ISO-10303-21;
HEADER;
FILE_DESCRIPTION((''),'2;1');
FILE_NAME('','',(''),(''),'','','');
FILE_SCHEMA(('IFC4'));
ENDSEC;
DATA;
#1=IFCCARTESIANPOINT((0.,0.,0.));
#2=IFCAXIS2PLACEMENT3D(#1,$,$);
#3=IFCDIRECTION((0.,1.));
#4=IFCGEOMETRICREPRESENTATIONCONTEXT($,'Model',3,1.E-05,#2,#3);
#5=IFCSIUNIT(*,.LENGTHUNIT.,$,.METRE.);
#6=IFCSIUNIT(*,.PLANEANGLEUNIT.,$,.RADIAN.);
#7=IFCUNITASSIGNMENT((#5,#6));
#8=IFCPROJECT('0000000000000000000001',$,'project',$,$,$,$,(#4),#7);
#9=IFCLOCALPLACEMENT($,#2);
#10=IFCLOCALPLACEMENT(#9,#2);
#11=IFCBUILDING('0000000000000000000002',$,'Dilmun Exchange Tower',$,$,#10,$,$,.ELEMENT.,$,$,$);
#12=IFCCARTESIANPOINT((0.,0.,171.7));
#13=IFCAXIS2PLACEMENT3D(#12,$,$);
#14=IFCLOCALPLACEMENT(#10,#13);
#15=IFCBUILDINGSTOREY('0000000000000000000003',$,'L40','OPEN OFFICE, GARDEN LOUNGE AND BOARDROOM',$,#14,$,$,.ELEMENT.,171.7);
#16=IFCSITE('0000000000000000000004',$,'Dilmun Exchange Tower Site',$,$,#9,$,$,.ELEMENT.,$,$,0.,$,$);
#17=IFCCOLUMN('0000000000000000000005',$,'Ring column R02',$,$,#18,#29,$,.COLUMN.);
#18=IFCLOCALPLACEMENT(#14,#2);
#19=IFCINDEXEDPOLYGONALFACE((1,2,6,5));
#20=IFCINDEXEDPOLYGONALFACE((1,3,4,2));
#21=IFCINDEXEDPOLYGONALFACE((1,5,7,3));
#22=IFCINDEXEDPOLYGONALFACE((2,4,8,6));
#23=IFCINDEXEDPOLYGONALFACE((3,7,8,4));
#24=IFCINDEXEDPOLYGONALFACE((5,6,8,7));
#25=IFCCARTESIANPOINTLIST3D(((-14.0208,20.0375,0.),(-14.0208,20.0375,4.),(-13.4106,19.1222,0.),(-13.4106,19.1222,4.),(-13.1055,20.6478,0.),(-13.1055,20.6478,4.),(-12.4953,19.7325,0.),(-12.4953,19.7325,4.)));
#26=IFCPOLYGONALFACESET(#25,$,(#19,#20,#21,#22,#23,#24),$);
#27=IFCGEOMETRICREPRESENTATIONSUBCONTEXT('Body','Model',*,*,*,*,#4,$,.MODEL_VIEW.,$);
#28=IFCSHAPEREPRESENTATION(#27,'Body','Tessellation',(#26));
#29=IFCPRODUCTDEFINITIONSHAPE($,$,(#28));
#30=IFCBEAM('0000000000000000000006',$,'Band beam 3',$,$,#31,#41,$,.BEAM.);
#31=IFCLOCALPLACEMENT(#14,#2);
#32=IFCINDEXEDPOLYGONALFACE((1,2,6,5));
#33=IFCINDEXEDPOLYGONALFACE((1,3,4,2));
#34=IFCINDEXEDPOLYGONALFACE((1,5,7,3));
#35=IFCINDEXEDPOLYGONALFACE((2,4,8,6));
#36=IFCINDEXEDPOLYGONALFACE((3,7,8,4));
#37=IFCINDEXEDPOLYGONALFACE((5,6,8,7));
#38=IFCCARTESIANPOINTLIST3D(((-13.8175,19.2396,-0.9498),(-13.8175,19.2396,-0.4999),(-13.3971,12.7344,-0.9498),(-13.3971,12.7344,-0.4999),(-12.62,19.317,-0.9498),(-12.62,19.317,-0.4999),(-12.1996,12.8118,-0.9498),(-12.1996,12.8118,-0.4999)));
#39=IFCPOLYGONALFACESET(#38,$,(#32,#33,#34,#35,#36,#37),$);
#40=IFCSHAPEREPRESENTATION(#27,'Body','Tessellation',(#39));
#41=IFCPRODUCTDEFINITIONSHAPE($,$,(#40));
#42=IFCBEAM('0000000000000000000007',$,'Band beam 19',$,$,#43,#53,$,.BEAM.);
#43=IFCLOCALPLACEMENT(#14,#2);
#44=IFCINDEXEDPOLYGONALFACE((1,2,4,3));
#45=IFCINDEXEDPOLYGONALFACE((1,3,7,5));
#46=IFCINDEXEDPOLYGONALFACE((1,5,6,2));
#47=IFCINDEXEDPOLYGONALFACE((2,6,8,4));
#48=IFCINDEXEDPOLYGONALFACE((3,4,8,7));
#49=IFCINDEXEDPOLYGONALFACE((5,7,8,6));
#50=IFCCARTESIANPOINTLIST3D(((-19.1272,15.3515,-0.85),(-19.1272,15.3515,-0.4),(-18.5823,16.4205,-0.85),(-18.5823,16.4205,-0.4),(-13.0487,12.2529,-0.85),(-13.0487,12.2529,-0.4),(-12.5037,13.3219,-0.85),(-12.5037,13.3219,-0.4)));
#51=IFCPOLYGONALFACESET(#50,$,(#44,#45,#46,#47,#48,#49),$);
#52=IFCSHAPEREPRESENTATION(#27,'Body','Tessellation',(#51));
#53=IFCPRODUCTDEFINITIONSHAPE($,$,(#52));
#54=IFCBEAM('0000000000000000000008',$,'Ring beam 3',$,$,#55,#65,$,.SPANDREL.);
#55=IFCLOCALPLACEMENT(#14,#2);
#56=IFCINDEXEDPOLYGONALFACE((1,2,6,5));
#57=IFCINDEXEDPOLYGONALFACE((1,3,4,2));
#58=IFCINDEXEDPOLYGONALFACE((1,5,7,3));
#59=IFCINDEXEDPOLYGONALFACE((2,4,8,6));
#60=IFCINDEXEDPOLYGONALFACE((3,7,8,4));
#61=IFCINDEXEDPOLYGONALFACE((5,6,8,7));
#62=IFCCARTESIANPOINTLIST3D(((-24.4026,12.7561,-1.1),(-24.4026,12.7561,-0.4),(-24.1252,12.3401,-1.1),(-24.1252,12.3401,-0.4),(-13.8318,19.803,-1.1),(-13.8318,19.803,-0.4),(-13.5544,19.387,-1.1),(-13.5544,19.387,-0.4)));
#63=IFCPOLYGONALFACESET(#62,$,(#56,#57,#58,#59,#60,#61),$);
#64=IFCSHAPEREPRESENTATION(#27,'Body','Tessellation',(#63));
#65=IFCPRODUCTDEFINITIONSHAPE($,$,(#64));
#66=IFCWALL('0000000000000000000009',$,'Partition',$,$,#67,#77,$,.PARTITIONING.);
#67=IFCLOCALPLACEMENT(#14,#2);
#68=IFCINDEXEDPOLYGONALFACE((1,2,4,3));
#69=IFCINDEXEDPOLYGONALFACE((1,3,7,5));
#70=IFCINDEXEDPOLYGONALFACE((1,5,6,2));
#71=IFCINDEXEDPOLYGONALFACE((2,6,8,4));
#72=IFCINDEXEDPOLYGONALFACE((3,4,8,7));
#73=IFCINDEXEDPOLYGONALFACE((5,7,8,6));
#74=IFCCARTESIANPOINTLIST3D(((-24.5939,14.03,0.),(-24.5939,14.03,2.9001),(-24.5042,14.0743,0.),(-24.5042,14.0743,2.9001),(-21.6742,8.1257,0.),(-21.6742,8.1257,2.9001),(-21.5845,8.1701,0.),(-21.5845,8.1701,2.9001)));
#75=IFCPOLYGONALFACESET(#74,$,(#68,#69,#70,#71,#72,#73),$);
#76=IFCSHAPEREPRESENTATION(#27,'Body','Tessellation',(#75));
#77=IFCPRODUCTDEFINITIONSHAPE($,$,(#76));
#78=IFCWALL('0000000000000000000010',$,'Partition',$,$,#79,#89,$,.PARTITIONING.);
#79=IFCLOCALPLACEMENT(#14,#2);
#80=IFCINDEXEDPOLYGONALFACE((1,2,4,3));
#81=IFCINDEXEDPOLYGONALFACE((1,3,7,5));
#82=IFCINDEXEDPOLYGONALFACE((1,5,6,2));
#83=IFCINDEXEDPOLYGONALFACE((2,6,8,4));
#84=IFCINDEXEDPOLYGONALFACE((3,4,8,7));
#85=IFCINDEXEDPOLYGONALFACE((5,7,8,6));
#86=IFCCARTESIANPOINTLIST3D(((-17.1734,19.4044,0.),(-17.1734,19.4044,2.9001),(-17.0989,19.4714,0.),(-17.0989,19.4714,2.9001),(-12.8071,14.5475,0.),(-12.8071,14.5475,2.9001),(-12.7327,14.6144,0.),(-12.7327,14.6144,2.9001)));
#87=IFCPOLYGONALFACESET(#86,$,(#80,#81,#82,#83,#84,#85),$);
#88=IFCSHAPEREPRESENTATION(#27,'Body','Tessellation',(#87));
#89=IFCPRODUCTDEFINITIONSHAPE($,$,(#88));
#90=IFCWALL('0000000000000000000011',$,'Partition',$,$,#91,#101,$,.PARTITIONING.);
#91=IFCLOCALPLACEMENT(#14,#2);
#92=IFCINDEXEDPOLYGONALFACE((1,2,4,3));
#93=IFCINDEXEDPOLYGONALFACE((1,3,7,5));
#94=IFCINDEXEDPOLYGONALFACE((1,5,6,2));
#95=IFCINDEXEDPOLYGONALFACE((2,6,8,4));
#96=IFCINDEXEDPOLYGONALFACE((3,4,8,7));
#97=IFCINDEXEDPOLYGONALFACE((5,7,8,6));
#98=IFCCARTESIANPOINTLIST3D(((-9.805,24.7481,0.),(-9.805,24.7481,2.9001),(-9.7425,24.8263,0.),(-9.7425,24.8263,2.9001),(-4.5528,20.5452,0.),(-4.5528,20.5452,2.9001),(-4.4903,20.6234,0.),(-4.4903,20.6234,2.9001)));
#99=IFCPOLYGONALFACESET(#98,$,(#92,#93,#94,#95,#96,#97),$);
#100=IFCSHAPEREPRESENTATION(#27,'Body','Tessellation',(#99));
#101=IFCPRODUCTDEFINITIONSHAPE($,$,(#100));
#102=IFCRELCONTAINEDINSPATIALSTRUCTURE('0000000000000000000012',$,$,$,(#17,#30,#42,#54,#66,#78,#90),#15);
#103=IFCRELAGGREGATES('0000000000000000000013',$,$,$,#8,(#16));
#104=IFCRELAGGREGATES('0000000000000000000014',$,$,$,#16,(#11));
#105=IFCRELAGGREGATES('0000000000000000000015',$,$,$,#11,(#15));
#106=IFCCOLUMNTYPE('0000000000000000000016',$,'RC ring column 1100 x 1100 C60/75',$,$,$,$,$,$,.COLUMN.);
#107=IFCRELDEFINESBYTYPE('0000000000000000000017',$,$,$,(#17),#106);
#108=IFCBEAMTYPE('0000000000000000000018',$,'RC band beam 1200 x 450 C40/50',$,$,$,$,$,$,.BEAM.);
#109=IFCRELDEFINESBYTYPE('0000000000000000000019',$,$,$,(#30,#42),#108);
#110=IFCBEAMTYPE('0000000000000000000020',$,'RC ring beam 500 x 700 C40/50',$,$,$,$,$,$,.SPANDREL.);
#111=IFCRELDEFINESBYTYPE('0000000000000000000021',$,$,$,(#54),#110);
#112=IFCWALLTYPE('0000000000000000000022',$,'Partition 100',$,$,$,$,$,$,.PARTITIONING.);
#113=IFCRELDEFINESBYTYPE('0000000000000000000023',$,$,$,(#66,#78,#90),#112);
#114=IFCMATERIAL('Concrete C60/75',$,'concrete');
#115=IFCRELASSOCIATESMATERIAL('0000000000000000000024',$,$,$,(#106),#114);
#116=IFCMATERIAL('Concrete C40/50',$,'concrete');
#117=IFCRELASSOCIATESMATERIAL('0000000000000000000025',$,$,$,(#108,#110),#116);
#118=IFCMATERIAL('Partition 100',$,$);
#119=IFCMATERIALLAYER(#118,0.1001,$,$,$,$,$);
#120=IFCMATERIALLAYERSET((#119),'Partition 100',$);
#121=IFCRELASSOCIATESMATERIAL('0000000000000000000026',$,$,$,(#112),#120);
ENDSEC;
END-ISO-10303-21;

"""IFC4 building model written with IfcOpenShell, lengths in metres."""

from ifc_helpers import new_model, si_unit, direction, frame, frame_2d, origin, origin_2d, place, context, subcontext, project, spatial, rectangle, extrude, material, layer, layer_set, material_profile, profile_set, type_object, element, save


model = new_model("IFC4")

# Units and contexts
model_context = context("Model", 3, precision=1e-05, world=origin(), true_north=direction((0.0, 1.0)))
body_context = subcontext(model_context, "Body", "Model", "MODEL_VIEW")
ifc_project = project(units=[si_unit("LENGTHUNIT", "METRE"), si_unit("PLANEANGLEUNIT", "RADIAN")], contexts=[model_context])

# Site, building, storey
site_placement = place(None, origin())
site = spatial("IfcSite", under=ifc_project, at=site_placement, Name="Dilmun Exchange Tower Site", CompositionType="ELEMENT", RefElevation=0.0)
building_placement = place(site_placement, origin())
building = spatial("IfcBuilding", under=site, at=building_placement, Name="Dilmun Exchange Tower", CompositionType="ELEMENT")
storey_placement = place(building_placement, frame((0.0, 0.0, 171.7)))
storey = spatial("IfcBuildingStorey", under=building, at=storey_placement, Name="L40", Description="OPEN OFFICE, GARDEN LOUNGE AND BOARDROOM", CompositionType="ELEMENT", Elevation=171.7)

# Column
ifc_material_1 = material(Name="Concrete C60/75", Category="concrete")
ifc_material_profile_1 = material_profile(ifc_material_1, rectangle(XDim=1.1001, YDim=1.1001, at=origin_2d()), Name="1100 x 1100")
ifc_profile_set_1 = profile_set([ifc_material_profile_1], Name="Concrete C60/75")
column_type = type_object("IfcColumnType", Name="RC ring column 1100 x 1100 C60/75", PredefinedType="COLUMN", material=ifc_profile_set_1)
column_placement = place(storey_placement, frame((-13.2581, 19.885, 0.0), z_axis=(0.0, 0.0, 1.0), x_axis=(0.832029, 0.554733, 0.0)))
element("IfcColumn", 1, at=column_placement, inside=storey, type_object=column_type, Name="Ring column R02", PredefinedType="COLUMN", context=body_context, shape_type="SweptSolid", body=[
    extrude(rectangle(XDim=1.1001, YDim=1.1001, at=origin_2d()), origin(), (0.0, 0.0, 1.0), 4.0),
])

# Beams
ifc_material_2 = material(Name="Concrete C40/50", Category="concrete")
ifc_material_profile_2 = material_profile(ifc_material_2, rectangle(XDim=1.2, YDim=0.45, at=origin_2d()), Name="1200 x 450")
ifc_profile_set_2 = profile_set([ifc_material_profile_2], Name="Concrete C40/50")
beam_type_1 = type_object("IfcBeamType", Name="RC band beam 1200 x 450 C40/50", PredefinedType="BEAM", material=ifc_profile_set_2)
beam_1_placement = place(storey_placement, frame((-13.2188, 19.2783, -0.7249), z_axis=(0.064493, -0.997918, 0.0), x_axis=(0.997918, 0.064493, 0.0)))
element("IfcBeam", 2, at=beam_1_placement, inside=storey, type_object=beam_type_1, Name="Band beam 3", PredefinedType="BEAM", context=body_context, shape_type="SweptSolid", body=[
    extrude(rectangle(XDim=1.2, YDim=0.45, at=origin_2d()), origin(), (0.0, 0.0, 1.0), 6.5188),
])
beam_2_placement = place(storey_placement, frame((-18.8547, 15.886, -0.625), z_axis=(0.890922, -0.454156, 0.0), x_axis=(0.454156, 0.890922, 0.0)))
element("IfcBeam", 3, at=beam_2_placement, inside=storey, type_object=beam_type_1, Name="Band beam 19", PredefinedType="BEAM", context=body_context, shape_type="SweptSolid", body=[
    extrude(rectangle(XDim=1.2, YDim=0.45, at=origin_2d()), origin(), (0.0, 0.0, 1.0), 6.8228),
])
ifc_material_profile_3 = material_profile(ifc_material_2, rectangle(XDim=0.5, YDim=0.7, at=origin_2d()), Name="500 x 700")
ifc_profile_set_3 = profile_set([ifc_material_profile_3], Name="Concrete C40/50")
beam_type_2 = type_object("IfcBeamType", Name="RC ring beam 500 x 700 C40/50", PredefinedType="SPANDREL", material=ifc_profile_set_3)
beam_3_placement = place(storey_placement, frame((-13.6931, 19.595, -0.75), z_axis=(-0.832062, -0.554682, 0.0), x_axis=(0.554682, -0.832062, 0.0)))
element("IfcBeam", 4, at=beam_3_placement, inside=storey, type_object=beam_type_2, Name="Ring beam 3", PredefinedType="SPANDREL", context=body_context, shape_type="SweptSolid", body=[
    extrude(rectangle(XDim=0.5, YDim=0.7, at=origin_2d()), origin(), (0.0, 0.0, 1.0), 12.7043),
])

# Walls
ifc_material_3 = material(Name="Partition 100")
ifc_layer_1 = layer(ifc_material_3, 0.1001)
ifc_layer_set_1 = layer_set([ifc_layer_1], Name="Partition 100")
wall_type_1 = type_object("IfcWallType", Name="Partition 100", PredefinedType="PARTITIONING", material=ifc_layer_set_1)
wall_1_placement = place(storey_placement, frame((-24.5491, 14.0522, 0.0), z_axis=(0.0, 0.0, 1.0), x_axis=(0.443265, -0.89639, 0.0)))
element("IfcWall", 5, at=wall_1_placement, inside=storey, type_object=wall_type_1, Name="Partition", PredefinedType="PARTITIONING", context=body_context, shape_type="SweptSolid", body=[
    extrude(rectangle(XDim=6.5867, YDim=0.1001, at=frame_2d((3.2935, 0.0))), origin(), (0.0, 0.0, 1.0), 2.9001),
])
wall_2_placement = place(storey_placement, frame((-17.1362, 19.438, 0.0), z_axis=(0.0, 0.0, 1.0), x_axis=(0.668539, -0.743677, 0.0)))
element("IfcWall", 6, at=wall_2_placement, inside=storey, type_object=wall_type_1, Name="Partition", PredefinedType="PARTITIONING", context=body_context, shape_type="SweptSolid", body=[
    extrude(rectangle(XDim=6.531, YDim=0.1001, at=frame_2d((3.2656, 0.0))), origin(), (0.0, 0.0, 1.0), 2.9001),
])
wall_3_placement = place(storey_placement, frame((-9.7737, 24.7871, 0.0), z_axis=(0.0, 0.0, 1.0), x_axis=(0.780787, -0.624797, 0.0)))
element("IfcWall", 7, at=wall_3_placement, inside=storey, type_object=wall_type_1, Name="Partition", PredefinedType="PARTITIONING", context=body_context, shape_type="SweptSolid", body=[
    extrude(rectangle(XDim=6.7268, YDim=0.1001, at=frame_2d((3.3633, 0.0))), origin(), (0.0, 0.0, 1.0), 2.9001),
])

save(model, "model.ifc")
